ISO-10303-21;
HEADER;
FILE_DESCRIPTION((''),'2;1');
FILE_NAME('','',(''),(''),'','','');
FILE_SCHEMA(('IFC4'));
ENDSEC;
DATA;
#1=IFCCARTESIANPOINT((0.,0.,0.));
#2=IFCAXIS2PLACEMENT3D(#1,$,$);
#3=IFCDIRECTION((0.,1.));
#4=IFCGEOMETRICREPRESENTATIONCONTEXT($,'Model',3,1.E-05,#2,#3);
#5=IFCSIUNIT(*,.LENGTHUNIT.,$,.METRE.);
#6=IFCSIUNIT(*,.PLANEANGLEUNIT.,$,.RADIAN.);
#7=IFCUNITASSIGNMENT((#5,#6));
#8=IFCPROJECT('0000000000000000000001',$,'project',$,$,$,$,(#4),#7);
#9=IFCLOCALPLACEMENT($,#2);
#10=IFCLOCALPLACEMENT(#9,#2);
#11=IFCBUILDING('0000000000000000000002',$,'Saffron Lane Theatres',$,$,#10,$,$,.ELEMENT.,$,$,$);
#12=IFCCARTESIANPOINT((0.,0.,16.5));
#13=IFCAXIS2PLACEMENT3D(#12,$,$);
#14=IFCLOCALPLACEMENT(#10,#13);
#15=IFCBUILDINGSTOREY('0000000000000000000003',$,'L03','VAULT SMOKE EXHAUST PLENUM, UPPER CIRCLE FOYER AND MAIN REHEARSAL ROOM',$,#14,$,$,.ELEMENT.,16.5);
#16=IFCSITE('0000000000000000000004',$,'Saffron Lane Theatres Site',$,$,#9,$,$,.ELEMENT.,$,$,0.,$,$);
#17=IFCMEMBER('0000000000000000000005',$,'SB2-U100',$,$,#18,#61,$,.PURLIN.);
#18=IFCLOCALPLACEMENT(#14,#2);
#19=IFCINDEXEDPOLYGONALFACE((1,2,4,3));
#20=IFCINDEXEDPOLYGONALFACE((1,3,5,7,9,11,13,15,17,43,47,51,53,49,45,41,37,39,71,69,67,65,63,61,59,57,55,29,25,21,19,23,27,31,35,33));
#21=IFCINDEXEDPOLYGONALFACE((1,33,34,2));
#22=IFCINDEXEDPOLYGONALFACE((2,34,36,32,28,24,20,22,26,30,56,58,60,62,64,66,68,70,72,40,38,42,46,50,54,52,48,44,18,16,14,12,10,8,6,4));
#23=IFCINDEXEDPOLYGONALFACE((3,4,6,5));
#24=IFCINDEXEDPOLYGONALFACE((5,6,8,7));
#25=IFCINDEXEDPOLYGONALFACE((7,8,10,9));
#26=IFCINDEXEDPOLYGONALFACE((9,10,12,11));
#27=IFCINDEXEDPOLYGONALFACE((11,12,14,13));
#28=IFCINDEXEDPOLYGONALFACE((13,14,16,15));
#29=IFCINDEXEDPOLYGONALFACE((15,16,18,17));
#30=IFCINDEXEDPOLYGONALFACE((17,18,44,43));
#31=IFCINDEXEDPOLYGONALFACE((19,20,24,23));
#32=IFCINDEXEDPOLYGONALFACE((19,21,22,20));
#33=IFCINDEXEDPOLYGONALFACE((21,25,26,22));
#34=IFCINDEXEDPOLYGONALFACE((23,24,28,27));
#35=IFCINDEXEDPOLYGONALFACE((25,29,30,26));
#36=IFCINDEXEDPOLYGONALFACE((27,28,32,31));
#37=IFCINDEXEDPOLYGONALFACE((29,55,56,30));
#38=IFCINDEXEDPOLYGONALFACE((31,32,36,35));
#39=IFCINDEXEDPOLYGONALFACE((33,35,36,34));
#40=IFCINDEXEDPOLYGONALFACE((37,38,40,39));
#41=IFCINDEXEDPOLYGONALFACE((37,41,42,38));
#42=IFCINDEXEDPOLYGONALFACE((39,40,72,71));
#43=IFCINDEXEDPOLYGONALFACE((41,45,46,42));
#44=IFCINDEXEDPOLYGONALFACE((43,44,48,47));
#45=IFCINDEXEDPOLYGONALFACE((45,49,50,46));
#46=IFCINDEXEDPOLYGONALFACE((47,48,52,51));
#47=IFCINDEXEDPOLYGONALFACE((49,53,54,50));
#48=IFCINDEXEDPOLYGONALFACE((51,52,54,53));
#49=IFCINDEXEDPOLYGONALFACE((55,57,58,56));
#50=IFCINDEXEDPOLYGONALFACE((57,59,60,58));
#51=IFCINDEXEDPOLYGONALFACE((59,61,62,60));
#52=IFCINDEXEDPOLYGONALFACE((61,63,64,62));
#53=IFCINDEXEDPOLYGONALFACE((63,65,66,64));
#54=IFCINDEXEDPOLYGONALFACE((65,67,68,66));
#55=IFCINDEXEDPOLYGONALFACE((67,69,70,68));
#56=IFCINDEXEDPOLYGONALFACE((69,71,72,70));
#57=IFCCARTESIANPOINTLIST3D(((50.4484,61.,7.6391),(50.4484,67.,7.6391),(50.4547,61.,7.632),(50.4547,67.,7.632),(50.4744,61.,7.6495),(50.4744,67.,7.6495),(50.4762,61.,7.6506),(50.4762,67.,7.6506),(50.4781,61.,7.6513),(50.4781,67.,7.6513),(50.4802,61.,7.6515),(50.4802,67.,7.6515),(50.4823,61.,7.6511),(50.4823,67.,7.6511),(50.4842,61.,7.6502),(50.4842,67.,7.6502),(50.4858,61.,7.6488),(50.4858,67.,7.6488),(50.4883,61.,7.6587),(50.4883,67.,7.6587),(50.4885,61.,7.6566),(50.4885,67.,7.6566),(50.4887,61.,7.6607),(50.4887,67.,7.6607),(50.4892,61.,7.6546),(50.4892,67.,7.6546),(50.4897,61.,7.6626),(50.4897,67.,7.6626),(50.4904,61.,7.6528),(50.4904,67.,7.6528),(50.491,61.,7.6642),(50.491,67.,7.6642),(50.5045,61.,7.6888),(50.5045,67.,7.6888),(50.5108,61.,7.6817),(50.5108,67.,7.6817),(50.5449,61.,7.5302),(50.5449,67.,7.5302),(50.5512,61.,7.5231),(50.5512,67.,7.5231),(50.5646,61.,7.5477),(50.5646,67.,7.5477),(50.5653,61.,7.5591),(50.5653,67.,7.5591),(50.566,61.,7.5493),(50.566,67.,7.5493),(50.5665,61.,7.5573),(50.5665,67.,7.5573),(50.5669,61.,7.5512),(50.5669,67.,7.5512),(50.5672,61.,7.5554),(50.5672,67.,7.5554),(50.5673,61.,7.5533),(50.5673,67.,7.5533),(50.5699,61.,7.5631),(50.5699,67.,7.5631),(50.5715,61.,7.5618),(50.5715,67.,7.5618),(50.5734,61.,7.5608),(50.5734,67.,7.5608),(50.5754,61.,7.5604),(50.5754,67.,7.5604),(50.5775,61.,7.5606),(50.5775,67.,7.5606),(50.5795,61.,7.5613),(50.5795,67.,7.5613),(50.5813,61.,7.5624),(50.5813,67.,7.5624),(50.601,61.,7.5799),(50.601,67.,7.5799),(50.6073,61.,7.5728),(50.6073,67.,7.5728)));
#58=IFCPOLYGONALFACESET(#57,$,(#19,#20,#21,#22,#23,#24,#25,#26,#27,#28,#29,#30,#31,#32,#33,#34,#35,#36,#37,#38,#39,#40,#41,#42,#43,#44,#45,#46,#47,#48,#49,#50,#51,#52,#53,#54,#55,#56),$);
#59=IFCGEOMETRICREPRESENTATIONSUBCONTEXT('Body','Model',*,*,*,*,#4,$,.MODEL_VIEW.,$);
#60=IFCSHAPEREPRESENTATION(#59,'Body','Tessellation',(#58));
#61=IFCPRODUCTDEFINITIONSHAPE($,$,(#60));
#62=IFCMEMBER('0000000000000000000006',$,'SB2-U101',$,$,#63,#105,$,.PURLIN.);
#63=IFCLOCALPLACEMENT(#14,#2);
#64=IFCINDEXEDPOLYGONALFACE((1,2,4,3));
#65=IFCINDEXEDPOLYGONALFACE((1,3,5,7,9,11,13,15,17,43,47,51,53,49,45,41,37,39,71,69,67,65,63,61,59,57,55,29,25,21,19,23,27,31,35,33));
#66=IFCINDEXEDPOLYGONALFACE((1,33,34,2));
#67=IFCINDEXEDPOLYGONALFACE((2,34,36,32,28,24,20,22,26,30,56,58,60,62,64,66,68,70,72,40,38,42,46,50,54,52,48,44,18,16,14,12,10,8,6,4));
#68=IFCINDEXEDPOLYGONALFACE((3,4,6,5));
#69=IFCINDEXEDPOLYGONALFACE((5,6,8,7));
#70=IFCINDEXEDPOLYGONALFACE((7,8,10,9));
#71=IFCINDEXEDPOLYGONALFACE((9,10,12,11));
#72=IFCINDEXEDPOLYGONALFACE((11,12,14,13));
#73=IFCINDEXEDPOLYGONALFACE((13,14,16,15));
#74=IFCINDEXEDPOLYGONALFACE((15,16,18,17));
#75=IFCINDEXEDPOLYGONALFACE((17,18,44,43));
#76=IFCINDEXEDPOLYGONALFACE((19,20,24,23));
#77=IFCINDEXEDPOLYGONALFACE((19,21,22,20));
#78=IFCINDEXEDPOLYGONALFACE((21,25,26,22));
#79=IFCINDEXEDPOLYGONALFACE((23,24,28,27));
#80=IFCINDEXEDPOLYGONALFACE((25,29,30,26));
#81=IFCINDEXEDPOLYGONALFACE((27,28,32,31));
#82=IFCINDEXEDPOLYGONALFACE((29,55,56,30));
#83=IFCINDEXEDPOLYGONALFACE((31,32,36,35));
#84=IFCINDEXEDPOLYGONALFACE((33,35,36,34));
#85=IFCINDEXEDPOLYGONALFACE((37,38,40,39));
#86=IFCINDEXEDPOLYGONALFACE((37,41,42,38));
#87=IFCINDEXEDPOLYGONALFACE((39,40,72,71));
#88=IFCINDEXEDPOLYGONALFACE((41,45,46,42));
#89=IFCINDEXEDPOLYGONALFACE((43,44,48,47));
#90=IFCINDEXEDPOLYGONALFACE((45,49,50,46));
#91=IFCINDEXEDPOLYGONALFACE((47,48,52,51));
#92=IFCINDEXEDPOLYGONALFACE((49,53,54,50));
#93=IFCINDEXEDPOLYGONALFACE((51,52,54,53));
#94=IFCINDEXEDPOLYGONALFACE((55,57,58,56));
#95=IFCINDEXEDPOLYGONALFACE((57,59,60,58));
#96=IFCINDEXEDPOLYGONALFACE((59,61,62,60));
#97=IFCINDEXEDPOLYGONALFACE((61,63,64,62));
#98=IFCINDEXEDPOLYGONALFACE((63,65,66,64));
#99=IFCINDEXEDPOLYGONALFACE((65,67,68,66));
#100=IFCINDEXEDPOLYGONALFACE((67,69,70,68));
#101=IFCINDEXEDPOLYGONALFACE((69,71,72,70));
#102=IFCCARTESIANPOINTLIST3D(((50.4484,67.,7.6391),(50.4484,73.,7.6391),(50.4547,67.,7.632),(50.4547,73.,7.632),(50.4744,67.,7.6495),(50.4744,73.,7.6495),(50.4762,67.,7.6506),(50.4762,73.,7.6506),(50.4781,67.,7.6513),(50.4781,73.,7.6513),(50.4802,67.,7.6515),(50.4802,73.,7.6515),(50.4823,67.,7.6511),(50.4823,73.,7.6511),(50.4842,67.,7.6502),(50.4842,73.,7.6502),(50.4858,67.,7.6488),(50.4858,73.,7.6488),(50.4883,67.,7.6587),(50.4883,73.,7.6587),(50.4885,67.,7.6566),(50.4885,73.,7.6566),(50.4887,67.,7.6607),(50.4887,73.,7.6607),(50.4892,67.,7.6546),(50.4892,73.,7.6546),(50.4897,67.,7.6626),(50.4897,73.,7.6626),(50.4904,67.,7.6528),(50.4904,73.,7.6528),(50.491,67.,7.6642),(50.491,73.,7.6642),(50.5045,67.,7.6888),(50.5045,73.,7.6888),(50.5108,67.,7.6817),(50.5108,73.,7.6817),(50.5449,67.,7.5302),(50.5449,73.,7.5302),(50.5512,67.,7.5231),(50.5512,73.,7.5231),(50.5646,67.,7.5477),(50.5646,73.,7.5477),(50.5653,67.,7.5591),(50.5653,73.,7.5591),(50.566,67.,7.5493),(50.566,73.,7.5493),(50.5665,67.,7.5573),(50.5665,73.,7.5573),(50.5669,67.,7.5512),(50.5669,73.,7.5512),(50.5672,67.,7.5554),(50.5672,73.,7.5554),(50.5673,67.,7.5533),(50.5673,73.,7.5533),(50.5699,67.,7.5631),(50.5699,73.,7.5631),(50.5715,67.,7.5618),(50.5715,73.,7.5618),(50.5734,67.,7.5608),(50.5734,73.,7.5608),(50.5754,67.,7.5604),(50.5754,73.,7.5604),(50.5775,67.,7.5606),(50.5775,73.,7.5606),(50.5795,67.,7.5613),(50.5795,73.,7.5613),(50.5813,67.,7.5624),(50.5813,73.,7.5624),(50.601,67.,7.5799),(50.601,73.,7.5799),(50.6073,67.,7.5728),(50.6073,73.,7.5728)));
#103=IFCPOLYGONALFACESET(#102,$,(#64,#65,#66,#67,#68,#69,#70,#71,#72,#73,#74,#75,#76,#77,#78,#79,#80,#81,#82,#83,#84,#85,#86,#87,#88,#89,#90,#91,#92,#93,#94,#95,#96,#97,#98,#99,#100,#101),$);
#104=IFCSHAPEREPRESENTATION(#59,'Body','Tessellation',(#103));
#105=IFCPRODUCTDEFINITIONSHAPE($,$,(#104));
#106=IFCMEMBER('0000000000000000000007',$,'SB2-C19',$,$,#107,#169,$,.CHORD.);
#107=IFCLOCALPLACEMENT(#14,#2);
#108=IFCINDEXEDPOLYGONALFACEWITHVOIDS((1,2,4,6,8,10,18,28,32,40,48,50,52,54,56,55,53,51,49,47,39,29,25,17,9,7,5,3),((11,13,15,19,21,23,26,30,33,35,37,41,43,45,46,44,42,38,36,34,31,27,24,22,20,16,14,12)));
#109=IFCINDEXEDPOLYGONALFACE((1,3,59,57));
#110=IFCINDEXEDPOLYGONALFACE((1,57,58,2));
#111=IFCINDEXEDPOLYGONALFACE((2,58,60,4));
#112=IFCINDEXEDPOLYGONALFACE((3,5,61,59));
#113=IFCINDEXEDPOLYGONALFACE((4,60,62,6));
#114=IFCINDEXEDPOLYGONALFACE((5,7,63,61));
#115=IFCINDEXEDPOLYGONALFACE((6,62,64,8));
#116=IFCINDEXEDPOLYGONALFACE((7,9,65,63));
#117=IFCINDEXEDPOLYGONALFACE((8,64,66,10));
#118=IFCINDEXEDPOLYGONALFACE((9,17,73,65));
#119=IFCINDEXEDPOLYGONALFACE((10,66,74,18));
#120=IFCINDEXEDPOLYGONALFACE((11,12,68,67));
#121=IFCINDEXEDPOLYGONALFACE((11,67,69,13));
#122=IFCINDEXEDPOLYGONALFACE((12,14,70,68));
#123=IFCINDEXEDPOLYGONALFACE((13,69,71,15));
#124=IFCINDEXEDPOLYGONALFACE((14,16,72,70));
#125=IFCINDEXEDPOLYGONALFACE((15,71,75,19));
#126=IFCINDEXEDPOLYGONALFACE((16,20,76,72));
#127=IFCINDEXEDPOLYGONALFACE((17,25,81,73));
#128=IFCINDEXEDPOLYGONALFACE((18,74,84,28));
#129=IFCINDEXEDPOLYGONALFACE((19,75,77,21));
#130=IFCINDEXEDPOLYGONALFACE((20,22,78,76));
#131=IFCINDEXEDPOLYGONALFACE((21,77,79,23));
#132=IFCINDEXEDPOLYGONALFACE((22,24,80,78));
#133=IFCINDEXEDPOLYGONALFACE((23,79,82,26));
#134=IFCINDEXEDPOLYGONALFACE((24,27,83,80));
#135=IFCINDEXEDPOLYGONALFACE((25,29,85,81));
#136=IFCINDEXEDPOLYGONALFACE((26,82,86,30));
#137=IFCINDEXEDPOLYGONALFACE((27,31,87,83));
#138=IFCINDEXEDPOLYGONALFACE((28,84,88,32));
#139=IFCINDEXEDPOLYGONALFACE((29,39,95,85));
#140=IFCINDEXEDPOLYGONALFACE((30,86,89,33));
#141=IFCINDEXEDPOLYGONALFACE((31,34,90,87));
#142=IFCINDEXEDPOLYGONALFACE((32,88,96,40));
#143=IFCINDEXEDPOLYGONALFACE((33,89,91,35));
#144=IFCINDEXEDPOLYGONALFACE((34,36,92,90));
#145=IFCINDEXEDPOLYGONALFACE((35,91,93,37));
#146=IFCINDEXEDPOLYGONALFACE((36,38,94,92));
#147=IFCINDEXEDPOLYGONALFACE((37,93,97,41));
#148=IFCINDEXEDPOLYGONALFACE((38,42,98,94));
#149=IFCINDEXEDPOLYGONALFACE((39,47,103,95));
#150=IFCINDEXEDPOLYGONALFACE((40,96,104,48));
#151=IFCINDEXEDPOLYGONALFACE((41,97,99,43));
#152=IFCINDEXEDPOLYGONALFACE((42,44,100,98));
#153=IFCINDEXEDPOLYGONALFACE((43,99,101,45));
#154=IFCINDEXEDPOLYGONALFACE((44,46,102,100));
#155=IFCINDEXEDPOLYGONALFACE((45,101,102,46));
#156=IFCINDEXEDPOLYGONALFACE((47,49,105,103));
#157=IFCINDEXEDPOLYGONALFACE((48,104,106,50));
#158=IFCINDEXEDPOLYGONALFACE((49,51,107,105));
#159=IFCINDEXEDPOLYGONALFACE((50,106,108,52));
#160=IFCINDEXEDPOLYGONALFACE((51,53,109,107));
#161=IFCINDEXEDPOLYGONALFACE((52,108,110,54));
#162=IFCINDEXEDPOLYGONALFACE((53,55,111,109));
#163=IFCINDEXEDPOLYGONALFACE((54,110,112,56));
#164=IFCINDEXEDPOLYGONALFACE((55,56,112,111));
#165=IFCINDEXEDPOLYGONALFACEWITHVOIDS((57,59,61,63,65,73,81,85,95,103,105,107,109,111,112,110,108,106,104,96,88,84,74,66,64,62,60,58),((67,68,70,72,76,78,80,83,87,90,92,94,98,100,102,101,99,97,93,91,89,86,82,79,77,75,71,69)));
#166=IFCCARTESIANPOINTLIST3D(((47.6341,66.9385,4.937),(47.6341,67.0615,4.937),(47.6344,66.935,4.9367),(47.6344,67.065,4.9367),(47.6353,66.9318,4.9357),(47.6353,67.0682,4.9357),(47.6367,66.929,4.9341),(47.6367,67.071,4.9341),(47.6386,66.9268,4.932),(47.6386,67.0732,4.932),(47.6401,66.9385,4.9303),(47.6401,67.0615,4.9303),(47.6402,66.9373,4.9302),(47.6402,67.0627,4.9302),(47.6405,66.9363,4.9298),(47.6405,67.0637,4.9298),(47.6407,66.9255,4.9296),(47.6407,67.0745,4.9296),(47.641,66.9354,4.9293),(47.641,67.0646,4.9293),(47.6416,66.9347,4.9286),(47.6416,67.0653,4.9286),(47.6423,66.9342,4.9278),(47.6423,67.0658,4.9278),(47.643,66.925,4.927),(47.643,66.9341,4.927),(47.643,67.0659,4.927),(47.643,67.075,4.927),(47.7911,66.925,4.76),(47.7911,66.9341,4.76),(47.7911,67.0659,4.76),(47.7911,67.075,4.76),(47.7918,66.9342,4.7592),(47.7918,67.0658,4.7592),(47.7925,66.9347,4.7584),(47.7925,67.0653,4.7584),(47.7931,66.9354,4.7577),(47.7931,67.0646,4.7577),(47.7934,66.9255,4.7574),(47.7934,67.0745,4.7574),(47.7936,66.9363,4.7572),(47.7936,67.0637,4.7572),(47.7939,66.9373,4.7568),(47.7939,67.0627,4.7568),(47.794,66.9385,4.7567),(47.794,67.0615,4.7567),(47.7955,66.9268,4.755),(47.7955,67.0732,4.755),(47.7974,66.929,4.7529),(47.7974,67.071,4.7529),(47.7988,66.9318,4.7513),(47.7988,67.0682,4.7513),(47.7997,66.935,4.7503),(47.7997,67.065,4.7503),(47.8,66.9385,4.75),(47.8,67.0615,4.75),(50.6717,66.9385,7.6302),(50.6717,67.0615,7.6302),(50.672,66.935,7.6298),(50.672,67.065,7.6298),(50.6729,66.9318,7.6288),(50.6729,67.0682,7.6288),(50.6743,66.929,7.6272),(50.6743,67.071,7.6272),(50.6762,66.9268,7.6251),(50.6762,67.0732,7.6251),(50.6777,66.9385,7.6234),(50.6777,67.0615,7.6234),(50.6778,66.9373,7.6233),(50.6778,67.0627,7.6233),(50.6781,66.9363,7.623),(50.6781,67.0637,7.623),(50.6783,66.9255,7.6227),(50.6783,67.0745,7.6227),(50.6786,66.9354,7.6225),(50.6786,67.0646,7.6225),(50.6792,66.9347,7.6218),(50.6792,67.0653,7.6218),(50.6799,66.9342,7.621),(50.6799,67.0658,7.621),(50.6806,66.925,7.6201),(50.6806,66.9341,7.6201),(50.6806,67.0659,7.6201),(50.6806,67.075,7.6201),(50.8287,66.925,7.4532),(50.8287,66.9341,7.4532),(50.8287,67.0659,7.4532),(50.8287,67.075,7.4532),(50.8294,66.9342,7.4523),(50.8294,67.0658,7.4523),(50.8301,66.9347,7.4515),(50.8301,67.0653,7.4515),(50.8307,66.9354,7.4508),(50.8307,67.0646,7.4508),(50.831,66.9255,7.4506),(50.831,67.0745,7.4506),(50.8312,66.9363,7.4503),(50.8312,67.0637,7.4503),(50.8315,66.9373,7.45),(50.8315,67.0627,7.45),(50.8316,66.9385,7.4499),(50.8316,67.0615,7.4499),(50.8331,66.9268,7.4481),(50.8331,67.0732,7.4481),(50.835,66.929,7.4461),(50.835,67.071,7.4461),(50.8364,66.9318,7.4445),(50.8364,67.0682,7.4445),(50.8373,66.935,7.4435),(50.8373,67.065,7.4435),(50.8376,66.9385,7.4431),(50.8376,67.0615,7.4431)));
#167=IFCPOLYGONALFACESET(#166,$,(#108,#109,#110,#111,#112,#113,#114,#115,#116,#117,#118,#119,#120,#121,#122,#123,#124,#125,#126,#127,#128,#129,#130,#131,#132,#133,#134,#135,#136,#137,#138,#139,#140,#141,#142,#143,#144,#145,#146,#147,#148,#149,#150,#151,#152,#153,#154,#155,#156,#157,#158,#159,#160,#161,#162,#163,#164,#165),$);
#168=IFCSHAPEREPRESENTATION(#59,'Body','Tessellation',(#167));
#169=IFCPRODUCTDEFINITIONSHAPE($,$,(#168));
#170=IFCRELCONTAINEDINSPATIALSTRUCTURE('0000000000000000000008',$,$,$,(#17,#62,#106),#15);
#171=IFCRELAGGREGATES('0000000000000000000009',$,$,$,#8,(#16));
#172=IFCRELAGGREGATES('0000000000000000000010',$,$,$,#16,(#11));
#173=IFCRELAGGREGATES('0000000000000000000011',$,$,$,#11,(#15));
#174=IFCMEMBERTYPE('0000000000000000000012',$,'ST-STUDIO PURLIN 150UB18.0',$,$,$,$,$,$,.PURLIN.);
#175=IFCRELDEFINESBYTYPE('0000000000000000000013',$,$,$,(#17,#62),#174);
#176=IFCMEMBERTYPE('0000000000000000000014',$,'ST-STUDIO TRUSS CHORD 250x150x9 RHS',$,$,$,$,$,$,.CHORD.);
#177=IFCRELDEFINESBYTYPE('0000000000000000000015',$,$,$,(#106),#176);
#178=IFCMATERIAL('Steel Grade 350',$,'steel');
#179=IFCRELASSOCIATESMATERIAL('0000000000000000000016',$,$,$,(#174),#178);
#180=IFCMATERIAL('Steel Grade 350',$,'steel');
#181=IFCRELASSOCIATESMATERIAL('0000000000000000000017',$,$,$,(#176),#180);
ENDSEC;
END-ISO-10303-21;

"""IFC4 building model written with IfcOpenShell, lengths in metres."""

from ifc_helpers import new_model, si_unit, direction, frame, origin, origin_2d, place, context, subcontext, project, spatial, hollow_rectangle, i_section, extrude, material, material_profile, profile_set, type_object, element, save


model = new_model("IFC4")

# Units and contexts
model_context = context("Model", 3, precision=1e-05, world=origin(), true_north=direction((0.0, 1.0)))
body_context = subcontext(model_context, "Body", "Model", "MODEL_VIEW")
ifc_project = project(units=[si_unit("LENGTHUNIT", "METRE"), si_unit("PLANEANGLEUNIT", "RADIAN")], contexts=[model_context])

# Site, building, storey
site_placement = place(None, origin())
site = spatial("IfcSite", under=ifc_project, at=site_placement, Name="Saffron Lane Theatres Site", CompositionType="ELEMENT", RefElevation=0.0)
building_placement = place(site_placement, origin())
building = spatial("IfcBuilding", under=site, at=building_placement, Name="Saffron Lane Theatres", CompositionType="ELEMENT")
storey_placement = place(building_placement, frame((0.0, 0.0, 16.5)))
storey = spatial("IfcBuildingStorey", under=building, at=storey_placement, Name="L03", Description="VAULT SMOKE EXHAUST PLENUM, UPPER CIRCLE FOYER AND MAIN REHEARSAL ROOM", CompositionType="ELEMENT", Elevation=16.5)

# Members
ifc_material_1 = material(Name="Steel Grade 350", Category="steel")
ifc_material_profile_1 = material_profile(ifc_material_1, i_section(OverallWidth=0.075, OverallDepth=0.155, WebThickness=0.0061, FlangeThickness=0.0095, FilletRadius=0.0081, at=origin_2d()))
ifc_profile_set_1 = profile_set([ifc_material_profile_1], Name="Steel Grade 350")
member_type_1 = type_object("IfcMemberType", Name="ST-STUDIO PURLIN 150UB18.0", PredefinedType="PURLIN", material=ifc_profile_set_1)
for number, where, z_axis, x_axis, name in (
    (1, (50.5278, 61.0, 7.606), (0.0, 1.0, 0.0), (-0.748269, 0.0, -0.663396), "SB2-U100"),
    (2, (50.5278, 67.0, 7.606), (0.0, 1.0, 0.0), (-0.748269, 0.0, -0.663396), "SB2-U101"),
):
    element("IfcMember", number, at=place(storey_placement, frame(where, z_axis=z_axis, x_axis=x_axis)), inside=storey, type_object=member_type_1, Name=name, PredefinedType="PURLIN", context=body_context, shape_type="SweptSolid", body=[
        extrude(i_section(OverallWidth=0.075, OverallDepth=0.155, WebThickness=0.0061, FlangeThickness=0.0095, FilletRadius=0.0081, at=origin_2d()), origin(), (0.0, 0.0, 1.0), 6.0),
    ])
ifc_material_2 = material(Name="Steel Grade 350", Category="steel")
ifc_material_profile_2 = material_profile(ifc_material_2, hollow_rectangle(XDim=0.1499, YDim=0.25, WallThickness=0.009, InnerFilletRadius=0.0044, OuterFilletRadius=0.0134, at=origin_2d()))
ifc_profile_set_2 = profile_set([ifc_material_profile_2], Name="Steel Grade 350")
member_type_2 = type_object("IfcMemberType", Name="ST-STUDIO TRUSS CHORD 250x150x9 RHS", PredefinedType="CHORD", material=ifc_profile_set_2)
member_1_placement = place(storey_placement, frame((47.717, 67.0, 4.8435), z_axis=(0.748261, 0.0, 0.663404), x_axis=(0.0, 1.0, 0.0)))
element("IfcMember", 3, at=member_1_placement, inside=storey, type_object=member_type_2, Name="SB2-C19", PredefinedType="CHORD", context=body_context, shape_type="SweptSolid", body=[
    extrude(hollow_rectangle(XDim=0.1499, YDim=0.25, WallThickness=0.009, InnerFilletRadius=0.0044, OuterFilletRadius=0.0134, at=origin_2d()), origin(), (0.0, 0.0, 1.0), 4.0596),
])

save(model, "model.ifc")
